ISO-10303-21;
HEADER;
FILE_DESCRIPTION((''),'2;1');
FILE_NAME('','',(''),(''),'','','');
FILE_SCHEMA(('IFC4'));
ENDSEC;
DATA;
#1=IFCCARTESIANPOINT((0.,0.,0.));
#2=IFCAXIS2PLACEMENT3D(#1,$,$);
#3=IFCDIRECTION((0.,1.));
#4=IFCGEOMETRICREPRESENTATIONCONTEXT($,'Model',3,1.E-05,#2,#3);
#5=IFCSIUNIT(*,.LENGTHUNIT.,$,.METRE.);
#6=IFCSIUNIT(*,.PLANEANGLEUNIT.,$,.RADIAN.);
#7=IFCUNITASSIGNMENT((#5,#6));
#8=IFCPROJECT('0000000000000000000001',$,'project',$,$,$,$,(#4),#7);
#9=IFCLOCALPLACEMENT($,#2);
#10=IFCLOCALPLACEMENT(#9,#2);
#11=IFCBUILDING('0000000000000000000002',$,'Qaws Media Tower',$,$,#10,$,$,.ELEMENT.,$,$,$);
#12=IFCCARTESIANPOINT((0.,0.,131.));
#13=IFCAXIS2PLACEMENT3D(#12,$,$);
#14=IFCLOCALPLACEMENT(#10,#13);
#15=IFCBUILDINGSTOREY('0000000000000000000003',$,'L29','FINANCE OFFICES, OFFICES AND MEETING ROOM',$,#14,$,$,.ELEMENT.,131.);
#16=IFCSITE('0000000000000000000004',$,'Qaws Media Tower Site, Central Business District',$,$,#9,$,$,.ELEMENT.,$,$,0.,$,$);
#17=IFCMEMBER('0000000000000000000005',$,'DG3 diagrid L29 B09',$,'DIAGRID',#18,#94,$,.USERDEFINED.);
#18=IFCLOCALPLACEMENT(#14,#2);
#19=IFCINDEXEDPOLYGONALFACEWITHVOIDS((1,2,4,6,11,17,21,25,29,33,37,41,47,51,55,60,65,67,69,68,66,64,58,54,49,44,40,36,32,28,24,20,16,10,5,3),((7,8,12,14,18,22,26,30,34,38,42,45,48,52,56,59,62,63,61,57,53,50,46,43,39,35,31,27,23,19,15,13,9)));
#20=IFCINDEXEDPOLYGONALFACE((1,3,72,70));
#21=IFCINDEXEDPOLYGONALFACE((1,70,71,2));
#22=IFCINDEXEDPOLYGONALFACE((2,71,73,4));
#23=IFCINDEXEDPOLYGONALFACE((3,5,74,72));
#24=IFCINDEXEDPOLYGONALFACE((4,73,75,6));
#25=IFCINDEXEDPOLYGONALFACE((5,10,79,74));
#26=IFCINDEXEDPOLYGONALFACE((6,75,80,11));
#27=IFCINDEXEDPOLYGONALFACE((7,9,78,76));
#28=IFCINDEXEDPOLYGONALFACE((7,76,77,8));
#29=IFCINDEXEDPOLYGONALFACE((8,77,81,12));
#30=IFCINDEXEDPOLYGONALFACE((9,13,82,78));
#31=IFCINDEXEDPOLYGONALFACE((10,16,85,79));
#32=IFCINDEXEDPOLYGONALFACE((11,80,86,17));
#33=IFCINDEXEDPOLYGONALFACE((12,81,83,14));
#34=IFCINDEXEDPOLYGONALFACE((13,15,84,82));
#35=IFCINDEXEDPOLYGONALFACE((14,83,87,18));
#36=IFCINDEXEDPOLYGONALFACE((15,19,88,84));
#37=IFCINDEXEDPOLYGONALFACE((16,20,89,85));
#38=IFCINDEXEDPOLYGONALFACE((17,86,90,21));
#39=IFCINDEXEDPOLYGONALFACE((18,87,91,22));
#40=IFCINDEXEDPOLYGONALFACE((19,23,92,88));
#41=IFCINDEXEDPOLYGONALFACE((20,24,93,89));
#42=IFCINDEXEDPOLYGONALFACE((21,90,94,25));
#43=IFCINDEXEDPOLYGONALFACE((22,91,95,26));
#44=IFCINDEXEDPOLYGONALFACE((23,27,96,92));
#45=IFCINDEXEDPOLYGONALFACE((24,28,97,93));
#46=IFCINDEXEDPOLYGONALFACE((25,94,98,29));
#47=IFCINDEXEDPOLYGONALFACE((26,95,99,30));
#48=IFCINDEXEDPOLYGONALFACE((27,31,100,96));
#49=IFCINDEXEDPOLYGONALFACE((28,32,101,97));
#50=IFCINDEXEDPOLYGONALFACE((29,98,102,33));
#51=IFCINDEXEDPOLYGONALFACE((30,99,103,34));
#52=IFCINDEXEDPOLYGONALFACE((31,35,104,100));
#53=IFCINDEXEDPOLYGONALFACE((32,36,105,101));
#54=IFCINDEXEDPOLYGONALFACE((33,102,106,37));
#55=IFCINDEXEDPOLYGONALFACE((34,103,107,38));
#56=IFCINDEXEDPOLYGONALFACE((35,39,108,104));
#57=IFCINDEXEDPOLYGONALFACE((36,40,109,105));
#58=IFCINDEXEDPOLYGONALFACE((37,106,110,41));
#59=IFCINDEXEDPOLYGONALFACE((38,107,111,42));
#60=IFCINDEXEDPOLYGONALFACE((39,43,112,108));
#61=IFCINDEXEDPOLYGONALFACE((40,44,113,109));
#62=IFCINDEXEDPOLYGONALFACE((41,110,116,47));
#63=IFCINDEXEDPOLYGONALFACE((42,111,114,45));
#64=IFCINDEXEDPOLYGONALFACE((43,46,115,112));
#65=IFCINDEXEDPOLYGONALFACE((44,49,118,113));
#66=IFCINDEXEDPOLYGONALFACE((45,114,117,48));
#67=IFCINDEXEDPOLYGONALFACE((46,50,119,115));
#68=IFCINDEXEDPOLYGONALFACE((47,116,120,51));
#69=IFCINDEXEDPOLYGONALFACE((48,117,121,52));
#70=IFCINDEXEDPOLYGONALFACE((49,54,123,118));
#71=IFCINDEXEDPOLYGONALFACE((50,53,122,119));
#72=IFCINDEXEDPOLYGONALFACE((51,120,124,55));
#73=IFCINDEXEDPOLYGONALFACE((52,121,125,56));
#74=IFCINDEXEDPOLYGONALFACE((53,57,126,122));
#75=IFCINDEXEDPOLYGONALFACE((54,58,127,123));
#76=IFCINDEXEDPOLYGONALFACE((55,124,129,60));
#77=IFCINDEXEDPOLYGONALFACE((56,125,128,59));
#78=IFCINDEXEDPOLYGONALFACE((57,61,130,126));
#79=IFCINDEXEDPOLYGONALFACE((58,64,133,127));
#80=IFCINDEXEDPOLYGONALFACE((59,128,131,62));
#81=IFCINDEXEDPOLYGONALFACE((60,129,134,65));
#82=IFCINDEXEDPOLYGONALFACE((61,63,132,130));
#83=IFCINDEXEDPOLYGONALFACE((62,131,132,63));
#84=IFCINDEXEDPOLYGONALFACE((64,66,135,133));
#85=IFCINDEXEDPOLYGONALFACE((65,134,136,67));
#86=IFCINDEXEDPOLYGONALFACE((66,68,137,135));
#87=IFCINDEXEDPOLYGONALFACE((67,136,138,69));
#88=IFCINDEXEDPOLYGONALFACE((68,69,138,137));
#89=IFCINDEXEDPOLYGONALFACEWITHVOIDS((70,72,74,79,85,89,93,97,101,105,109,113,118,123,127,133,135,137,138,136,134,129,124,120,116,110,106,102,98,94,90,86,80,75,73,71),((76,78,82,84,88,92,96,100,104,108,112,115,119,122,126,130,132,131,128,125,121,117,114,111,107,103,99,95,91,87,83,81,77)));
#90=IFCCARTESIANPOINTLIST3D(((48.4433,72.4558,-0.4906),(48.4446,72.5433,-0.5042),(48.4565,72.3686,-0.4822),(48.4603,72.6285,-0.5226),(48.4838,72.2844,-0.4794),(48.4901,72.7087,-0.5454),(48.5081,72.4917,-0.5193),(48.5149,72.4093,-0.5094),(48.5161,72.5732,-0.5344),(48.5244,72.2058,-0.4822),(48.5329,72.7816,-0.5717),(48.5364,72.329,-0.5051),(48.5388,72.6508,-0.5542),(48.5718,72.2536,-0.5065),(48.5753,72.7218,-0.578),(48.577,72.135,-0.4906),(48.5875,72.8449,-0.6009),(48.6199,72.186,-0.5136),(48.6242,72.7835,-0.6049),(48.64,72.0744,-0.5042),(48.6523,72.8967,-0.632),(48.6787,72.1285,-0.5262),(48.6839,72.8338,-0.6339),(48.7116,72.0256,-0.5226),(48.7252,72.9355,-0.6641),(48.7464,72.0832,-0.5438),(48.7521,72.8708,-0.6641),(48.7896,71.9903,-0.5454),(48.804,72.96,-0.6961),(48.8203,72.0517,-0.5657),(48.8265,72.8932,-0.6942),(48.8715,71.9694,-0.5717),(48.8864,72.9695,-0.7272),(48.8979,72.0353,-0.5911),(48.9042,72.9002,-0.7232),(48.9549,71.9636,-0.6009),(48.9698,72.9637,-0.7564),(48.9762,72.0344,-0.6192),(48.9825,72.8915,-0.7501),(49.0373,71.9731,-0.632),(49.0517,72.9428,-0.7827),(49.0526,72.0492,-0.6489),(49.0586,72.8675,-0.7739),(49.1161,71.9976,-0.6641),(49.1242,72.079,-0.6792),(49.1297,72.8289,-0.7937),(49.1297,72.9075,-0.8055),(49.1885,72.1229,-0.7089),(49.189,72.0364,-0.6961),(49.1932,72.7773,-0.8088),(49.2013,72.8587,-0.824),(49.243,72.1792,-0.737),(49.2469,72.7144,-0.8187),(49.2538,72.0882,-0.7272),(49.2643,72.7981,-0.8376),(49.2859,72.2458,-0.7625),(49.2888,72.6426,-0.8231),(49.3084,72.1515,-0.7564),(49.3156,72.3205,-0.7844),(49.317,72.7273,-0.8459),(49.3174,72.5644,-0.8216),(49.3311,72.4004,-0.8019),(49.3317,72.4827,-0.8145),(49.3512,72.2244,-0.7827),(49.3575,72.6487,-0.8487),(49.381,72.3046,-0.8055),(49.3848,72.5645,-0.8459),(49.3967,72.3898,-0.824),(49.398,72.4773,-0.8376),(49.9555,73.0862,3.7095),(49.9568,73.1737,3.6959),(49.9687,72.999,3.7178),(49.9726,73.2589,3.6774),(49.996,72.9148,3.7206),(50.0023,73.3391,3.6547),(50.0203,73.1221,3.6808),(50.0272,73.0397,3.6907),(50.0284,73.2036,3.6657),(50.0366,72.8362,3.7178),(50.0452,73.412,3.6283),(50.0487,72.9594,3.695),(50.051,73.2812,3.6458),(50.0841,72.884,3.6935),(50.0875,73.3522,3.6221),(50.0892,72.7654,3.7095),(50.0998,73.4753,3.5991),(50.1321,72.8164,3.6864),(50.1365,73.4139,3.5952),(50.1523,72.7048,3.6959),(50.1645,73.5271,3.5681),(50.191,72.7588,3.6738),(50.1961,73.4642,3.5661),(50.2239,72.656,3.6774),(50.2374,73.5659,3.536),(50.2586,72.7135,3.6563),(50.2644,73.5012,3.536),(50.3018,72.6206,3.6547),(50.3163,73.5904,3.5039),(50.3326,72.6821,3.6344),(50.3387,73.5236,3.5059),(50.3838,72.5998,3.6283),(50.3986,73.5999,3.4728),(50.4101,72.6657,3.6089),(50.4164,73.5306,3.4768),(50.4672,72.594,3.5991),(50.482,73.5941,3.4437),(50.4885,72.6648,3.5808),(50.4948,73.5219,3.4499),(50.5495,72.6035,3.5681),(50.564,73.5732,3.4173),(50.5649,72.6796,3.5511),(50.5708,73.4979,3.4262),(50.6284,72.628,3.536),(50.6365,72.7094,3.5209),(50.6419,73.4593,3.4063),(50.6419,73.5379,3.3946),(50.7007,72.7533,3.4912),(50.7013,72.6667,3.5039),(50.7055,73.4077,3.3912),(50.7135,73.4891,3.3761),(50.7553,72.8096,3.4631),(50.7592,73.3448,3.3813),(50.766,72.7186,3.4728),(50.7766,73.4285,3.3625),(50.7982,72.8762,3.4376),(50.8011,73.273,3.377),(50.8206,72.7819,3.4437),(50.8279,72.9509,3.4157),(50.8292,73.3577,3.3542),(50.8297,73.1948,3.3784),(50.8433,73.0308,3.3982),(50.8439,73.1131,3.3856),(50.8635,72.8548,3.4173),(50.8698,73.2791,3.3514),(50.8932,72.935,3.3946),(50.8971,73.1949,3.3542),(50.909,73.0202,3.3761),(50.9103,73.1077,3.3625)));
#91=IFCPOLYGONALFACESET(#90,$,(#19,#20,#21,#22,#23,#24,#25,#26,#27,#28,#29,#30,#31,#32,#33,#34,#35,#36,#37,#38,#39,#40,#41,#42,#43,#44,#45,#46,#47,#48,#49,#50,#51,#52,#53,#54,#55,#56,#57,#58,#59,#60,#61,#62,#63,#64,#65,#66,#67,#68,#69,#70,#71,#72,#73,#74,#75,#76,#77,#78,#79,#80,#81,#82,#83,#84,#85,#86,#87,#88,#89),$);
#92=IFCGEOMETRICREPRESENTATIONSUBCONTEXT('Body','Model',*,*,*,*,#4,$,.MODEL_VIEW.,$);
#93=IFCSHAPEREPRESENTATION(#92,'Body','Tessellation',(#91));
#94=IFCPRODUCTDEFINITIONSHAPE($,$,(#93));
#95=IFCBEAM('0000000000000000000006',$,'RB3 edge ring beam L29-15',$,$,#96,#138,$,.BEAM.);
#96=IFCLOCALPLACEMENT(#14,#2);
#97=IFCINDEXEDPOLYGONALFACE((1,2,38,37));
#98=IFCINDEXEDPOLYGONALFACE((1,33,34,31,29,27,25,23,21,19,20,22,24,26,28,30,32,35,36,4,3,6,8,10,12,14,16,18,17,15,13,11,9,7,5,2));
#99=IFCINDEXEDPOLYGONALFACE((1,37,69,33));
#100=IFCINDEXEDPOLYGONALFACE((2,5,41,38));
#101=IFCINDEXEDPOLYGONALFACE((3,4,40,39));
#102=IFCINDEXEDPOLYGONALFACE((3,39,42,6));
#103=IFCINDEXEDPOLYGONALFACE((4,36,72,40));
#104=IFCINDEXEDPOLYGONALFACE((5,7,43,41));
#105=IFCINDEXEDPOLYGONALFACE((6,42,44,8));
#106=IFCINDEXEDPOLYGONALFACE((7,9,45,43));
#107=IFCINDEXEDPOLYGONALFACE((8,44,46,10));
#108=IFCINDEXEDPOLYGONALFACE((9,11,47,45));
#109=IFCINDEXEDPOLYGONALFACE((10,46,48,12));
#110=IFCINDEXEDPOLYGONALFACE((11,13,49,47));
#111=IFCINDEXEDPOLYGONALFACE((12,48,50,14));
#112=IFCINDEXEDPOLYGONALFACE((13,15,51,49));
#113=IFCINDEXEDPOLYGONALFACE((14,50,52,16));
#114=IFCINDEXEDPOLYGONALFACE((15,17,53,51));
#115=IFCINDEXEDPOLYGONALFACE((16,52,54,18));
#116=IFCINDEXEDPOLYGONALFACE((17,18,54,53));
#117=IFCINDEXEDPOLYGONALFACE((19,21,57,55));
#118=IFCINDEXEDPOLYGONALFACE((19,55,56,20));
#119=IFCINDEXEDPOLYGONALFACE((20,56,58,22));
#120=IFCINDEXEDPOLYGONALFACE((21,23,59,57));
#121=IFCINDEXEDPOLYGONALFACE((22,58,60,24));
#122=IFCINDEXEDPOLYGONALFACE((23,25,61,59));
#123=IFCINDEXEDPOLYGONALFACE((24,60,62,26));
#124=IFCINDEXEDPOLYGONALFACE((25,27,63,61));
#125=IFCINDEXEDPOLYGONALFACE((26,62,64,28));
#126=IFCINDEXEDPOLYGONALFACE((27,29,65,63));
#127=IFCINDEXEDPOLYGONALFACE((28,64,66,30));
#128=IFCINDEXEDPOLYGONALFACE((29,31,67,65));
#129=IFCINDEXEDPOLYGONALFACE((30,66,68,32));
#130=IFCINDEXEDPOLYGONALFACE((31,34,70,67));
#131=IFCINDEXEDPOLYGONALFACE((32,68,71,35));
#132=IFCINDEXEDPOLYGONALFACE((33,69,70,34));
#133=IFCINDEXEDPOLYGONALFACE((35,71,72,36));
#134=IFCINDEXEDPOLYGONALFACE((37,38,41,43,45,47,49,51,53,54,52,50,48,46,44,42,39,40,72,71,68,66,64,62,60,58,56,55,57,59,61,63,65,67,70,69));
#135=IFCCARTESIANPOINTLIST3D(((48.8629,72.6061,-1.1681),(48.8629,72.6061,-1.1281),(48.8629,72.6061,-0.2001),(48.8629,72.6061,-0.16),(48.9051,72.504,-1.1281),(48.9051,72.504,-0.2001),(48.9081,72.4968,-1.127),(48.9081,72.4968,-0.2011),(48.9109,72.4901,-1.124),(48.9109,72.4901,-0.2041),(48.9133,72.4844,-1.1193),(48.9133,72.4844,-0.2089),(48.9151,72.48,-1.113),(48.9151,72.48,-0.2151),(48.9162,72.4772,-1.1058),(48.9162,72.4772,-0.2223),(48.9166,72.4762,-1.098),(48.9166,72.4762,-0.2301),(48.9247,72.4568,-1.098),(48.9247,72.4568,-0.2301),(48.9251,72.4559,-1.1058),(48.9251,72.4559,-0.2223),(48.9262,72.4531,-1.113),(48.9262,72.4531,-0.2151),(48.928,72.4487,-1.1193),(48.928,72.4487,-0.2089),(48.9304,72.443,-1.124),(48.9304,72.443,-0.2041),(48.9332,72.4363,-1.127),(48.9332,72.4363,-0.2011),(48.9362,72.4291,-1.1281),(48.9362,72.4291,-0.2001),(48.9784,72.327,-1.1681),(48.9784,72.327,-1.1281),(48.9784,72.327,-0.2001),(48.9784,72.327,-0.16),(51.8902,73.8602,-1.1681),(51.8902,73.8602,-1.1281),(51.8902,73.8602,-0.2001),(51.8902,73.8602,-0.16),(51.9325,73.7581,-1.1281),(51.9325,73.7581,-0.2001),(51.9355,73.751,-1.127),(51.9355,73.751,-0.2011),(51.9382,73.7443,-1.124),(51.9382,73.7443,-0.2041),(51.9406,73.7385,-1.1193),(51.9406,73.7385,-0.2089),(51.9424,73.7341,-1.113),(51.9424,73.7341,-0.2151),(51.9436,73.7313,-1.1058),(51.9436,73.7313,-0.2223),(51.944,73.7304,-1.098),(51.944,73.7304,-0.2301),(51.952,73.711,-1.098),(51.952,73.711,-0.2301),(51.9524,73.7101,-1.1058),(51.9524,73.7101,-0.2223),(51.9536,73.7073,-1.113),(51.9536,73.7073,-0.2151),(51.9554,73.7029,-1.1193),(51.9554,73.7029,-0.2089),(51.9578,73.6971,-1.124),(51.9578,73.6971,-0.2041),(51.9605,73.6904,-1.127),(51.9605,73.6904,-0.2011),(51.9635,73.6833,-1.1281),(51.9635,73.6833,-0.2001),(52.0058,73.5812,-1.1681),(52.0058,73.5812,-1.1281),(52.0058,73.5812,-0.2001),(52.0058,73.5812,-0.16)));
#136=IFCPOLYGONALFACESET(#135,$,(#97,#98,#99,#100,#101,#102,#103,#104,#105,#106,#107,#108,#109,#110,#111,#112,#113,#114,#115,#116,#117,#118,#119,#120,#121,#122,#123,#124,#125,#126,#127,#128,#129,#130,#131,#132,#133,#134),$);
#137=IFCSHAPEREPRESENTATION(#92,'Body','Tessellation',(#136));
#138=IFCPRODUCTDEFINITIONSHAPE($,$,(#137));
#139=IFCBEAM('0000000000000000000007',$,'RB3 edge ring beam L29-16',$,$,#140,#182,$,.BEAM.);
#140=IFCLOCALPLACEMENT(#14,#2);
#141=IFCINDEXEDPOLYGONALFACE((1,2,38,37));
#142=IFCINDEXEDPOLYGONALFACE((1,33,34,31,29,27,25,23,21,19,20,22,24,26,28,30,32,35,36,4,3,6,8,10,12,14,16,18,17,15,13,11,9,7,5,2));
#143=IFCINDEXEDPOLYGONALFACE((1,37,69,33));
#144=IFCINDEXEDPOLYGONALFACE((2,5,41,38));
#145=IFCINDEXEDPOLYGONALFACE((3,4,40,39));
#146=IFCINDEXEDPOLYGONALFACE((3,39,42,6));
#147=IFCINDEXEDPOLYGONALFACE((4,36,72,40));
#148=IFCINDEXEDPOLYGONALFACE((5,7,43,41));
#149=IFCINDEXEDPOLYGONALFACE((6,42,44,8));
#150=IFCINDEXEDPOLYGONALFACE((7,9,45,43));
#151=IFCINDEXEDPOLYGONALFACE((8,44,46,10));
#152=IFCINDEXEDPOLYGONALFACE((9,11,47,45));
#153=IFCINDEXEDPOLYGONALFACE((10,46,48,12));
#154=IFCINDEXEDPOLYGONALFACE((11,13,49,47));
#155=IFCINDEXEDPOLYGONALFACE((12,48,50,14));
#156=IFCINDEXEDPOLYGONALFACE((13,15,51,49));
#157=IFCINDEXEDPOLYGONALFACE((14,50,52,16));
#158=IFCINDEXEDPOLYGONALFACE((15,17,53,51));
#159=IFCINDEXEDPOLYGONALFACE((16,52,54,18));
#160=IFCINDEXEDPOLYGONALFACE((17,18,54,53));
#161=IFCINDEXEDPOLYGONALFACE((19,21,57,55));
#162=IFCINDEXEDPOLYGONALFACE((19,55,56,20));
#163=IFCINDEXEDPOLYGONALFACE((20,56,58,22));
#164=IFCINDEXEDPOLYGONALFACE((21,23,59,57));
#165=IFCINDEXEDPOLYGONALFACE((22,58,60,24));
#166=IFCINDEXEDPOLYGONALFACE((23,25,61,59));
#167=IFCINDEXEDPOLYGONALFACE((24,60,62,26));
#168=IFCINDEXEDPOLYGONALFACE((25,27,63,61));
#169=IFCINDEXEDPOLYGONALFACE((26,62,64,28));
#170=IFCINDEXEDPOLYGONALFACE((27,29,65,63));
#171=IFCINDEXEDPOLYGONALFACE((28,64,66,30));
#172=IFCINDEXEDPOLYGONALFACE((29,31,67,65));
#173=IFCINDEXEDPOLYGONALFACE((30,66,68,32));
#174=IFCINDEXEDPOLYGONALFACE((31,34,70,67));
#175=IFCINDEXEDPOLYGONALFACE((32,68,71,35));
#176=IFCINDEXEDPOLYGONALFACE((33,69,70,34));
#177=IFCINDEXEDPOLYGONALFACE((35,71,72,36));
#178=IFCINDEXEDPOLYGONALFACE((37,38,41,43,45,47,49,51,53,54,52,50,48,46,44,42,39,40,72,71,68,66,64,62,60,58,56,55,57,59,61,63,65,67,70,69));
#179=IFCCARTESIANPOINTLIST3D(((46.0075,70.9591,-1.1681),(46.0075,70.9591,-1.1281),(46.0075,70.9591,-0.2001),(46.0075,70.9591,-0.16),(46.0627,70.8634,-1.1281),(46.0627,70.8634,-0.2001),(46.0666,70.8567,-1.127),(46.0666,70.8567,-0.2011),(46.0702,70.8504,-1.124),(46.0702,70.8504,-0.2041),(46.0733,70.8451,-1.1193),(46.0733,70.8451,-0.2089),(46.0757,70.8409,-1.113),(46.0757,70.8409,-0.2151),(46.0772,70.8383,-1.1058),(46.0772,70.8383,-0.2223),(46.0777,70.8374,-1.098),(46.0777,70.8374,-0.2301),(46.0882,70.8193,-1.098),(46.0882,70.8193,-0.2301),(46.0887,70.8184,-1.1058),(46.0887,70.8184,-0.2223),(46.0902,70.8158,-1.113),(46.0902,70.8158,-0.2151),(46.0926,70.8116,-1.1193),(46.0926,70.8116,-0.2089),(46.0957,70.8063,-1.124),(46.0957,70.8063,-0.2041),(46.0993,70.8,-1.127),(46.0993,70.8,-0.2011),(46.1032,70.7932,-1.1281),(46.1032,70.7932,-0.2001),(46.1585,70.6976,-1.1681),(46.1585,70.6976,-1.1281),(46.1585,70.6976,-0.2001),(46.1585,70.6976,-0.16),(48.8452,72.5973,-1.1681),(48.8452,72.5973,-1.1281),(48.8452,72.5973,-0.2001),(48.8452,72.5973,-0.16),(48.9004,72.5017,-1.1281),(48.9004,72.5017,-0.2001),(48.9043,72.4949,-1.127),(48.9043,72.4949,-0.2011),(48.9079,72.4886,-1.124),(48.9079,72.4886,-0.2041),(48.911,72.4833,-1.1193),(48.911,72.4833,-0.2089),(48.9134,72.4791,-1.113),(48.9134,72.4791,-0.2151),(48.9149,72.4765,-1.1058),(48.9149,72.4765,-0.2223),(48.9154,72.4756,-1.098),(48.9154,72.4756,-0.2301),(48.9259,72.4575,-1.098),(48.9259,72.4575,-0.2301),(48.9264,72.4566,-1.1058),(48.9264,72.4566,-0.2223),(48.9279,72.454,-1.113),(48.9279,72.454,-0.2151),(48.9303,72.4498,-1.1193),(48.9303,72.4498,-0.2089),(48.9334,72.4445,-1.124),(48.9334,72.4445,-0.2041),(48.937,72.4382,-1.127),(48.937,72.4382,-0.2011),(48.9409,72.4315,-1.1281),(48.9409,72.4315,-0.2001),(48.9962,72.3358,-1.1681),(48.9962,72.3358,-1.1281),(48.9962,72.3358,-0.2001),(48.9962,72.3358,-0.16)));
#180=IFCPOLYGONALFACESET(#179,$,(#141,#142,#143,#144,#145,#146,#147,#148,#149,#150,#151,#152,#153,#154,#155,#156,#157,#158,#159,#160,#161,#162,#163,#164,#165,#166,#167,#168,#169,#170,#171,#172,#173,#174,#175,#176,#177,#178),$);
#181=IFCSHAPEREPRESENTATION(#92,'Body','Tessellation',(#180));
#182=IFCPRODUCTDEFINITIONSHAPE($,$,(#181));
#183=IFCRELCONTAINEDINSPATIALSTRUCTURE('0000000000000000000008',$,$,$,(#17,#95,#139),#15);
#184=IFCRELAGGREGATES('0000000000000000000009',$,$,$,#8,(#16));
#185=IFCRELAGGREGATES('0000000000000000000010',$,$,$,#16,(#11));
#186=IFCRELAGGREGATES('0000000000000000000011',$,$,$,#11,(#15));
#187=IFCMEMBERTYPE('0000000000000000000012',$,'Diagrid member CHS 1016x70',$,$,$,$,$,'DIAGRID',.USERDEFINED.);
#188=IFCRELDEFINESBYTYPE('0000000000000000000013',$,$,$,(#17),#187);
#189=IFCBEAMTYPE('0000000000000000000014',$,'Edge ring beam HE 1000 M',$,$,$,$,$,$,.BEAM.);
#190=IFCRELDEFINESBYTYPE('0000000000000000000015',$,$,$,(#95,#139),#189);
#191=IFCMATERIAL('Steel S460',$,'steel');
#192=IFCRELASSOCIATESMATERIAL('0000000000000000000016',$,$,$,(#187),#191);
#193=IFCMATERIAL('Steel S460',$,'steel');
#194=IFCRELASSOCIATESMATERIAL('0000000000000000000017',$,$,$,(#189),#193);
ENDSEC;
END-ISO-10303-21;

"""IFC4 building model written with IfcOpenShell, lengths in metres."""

from ifc_helpers import new_model, si_unit, direction, frame, origin, origin_2d, place, context, subcontext, project, spatial, hollow_circle, i_section, extrude, material, material_profile, profile_set, type_object, element, save


model = new_model("IFC4")

# Units and contexts
model_context = context("Model", 3, precision=1e-05, world=origin(), true_north=direction((0.0, 1.0)))
body_context = subcontext(model_context, "Body", "Model", "MODEL_VIEW")
ifc_project = project(units=[si_unit("LENGTHUNIT", "METRE"), si_unit("PLANEANGLEUNIT", "RADIAN")], contexts=[model_context])

# Site, building, storey
site_placement = place(None, origin())
site = spatial("IfcSite", under=ifc_project, at=site_placement, Name="Qaws Media Tower Site, Central Business District", CompositionType="ELEMENT", RefElevation=0.0)
building_placement = place(site_placement, origin())
building = spatial("IfcBuilding", under=site, at=building_placement, Name="Qaws Media Tower", CompositionType="ELEMENT")
storey_placement = place(building_placement, frame((0.0, 0.0, 131.0)))
storey = spatial("IfcBuildingStorey", under=building, at=storey_placement, Name="L29", Description="FINANCE OFFICES, OFFICES AND MEETING ROOM", CompositionType="ELEMENT", Elevation=131.0)

# Member
ifc_material_1 = material(Name="Steel S460", Category="steel")
ifc_material_profile_1 = material_profile(ifc_material_1, hollow_circle(Radius=0.5081, WallThickness=0.0701, at=origin_2d()), Name="CHS 1016x70")
ifc_profile_set_1 = profile_set([ifc_material_profile_1], Name="Steel S460")
member_type_1 = type_object("IfcMemberType", Name="Diagrid member CHS 1016x70", ElementType="DIAGRID", PredefinedType="USERDEFINED", material=ifc_profile_set_1)
for number, where, z_axis, x_axis, name in (
    (1, (48.9207, 72.4666, -0.6641), (0.335436, 0.139828, 0.931628), (-0.384764, 0.923015, 0.0), "DG3 diagrid L29 B09"),
):
    element("IfcMember", number, at=place(storey_placement, frame(where, z_axis=z_axis, x_axis=x_axis)), inside=storey, type_object=member_type_1, Name=name, ObjectType="DIAGRID", PredefinedType="USERDEFINED", context=body_context, shape_type="SweptSolid", body=[
        extrude(hollow_circle(Radius=0.5081, WallThickness=0.0701, at=origin_2d()), origin(), (0.0, 0.0, 1.0), 4.5083),
    ])

# Beams
ifc_material_2 = material(Name="Steel S460", Category="steel")
ifc_material_profile_2 = material_profile(ifc_material_2, i_section(OverallWidth=0.302, OverallDepth=1.0081, WebThickness=0.021, FlangeThickness=0.04, FilletRadius=0.03, at=origin_2d()), Name="HE 1000 M")
ifc_profile_set_2 = profile_set([ifc_material_profile_2], Name="Steel S460")
beam_type_1 = type_object("IfcBeamType", Name="Edge ring beam HE 1000 M", PredefinedType="BEAM", material=ifc_profile_set_2)
beam_1_placement = place(storey_placement, frame((51.948, 73.7207, -0.6641), z_axis=(-0.92386, -0.382731, 0.0), x_axis=(0.382731, -0.92386, 0.0)))
element("IfcBeam", 2, at=beam_1_placement, inside=storey, type_object=beam_type_1, Name="RB3 edge ring beam L29-15", PredefinedType="BEAM", context=body_context, shape_type="SweptSolid", body=[
    extrude(i_section(OverallWidth=0.302, OverallDepth=1.0081, WebThickness=0.021, FlangeThickness=0.04, FilletRadius=0.03, at=origin_2d()), origin(), (0.0, 0.0, 1.0), 3.2769),
])
beam_2_placement = place(storey_placement, frame((48.9207, 72.4666, -0.6641), z_axis=(-0.866043, -0.49997, 0.0), x_axis=(0.49997, -0.866043, 0.0)))
element("IfcBeam", 3, at=beam_2_placement, inside=storey, type_object=beam_type_1, Name="RB3 edge ring beam L29-16", PredefinedType="BEAM", context=body_context, shape_type="SweptSolid", body=[
    extrude(i_section(OverallWidth=0.302, OverallDepth=1.0081, WebThickness=0.021, FlangeThickness=0.04, FilletRadius=0.03, at=origin_2d()), origin(), (0.0, 0.0, 1.0), 3.2766),
])

save(model, "model.ifc")
